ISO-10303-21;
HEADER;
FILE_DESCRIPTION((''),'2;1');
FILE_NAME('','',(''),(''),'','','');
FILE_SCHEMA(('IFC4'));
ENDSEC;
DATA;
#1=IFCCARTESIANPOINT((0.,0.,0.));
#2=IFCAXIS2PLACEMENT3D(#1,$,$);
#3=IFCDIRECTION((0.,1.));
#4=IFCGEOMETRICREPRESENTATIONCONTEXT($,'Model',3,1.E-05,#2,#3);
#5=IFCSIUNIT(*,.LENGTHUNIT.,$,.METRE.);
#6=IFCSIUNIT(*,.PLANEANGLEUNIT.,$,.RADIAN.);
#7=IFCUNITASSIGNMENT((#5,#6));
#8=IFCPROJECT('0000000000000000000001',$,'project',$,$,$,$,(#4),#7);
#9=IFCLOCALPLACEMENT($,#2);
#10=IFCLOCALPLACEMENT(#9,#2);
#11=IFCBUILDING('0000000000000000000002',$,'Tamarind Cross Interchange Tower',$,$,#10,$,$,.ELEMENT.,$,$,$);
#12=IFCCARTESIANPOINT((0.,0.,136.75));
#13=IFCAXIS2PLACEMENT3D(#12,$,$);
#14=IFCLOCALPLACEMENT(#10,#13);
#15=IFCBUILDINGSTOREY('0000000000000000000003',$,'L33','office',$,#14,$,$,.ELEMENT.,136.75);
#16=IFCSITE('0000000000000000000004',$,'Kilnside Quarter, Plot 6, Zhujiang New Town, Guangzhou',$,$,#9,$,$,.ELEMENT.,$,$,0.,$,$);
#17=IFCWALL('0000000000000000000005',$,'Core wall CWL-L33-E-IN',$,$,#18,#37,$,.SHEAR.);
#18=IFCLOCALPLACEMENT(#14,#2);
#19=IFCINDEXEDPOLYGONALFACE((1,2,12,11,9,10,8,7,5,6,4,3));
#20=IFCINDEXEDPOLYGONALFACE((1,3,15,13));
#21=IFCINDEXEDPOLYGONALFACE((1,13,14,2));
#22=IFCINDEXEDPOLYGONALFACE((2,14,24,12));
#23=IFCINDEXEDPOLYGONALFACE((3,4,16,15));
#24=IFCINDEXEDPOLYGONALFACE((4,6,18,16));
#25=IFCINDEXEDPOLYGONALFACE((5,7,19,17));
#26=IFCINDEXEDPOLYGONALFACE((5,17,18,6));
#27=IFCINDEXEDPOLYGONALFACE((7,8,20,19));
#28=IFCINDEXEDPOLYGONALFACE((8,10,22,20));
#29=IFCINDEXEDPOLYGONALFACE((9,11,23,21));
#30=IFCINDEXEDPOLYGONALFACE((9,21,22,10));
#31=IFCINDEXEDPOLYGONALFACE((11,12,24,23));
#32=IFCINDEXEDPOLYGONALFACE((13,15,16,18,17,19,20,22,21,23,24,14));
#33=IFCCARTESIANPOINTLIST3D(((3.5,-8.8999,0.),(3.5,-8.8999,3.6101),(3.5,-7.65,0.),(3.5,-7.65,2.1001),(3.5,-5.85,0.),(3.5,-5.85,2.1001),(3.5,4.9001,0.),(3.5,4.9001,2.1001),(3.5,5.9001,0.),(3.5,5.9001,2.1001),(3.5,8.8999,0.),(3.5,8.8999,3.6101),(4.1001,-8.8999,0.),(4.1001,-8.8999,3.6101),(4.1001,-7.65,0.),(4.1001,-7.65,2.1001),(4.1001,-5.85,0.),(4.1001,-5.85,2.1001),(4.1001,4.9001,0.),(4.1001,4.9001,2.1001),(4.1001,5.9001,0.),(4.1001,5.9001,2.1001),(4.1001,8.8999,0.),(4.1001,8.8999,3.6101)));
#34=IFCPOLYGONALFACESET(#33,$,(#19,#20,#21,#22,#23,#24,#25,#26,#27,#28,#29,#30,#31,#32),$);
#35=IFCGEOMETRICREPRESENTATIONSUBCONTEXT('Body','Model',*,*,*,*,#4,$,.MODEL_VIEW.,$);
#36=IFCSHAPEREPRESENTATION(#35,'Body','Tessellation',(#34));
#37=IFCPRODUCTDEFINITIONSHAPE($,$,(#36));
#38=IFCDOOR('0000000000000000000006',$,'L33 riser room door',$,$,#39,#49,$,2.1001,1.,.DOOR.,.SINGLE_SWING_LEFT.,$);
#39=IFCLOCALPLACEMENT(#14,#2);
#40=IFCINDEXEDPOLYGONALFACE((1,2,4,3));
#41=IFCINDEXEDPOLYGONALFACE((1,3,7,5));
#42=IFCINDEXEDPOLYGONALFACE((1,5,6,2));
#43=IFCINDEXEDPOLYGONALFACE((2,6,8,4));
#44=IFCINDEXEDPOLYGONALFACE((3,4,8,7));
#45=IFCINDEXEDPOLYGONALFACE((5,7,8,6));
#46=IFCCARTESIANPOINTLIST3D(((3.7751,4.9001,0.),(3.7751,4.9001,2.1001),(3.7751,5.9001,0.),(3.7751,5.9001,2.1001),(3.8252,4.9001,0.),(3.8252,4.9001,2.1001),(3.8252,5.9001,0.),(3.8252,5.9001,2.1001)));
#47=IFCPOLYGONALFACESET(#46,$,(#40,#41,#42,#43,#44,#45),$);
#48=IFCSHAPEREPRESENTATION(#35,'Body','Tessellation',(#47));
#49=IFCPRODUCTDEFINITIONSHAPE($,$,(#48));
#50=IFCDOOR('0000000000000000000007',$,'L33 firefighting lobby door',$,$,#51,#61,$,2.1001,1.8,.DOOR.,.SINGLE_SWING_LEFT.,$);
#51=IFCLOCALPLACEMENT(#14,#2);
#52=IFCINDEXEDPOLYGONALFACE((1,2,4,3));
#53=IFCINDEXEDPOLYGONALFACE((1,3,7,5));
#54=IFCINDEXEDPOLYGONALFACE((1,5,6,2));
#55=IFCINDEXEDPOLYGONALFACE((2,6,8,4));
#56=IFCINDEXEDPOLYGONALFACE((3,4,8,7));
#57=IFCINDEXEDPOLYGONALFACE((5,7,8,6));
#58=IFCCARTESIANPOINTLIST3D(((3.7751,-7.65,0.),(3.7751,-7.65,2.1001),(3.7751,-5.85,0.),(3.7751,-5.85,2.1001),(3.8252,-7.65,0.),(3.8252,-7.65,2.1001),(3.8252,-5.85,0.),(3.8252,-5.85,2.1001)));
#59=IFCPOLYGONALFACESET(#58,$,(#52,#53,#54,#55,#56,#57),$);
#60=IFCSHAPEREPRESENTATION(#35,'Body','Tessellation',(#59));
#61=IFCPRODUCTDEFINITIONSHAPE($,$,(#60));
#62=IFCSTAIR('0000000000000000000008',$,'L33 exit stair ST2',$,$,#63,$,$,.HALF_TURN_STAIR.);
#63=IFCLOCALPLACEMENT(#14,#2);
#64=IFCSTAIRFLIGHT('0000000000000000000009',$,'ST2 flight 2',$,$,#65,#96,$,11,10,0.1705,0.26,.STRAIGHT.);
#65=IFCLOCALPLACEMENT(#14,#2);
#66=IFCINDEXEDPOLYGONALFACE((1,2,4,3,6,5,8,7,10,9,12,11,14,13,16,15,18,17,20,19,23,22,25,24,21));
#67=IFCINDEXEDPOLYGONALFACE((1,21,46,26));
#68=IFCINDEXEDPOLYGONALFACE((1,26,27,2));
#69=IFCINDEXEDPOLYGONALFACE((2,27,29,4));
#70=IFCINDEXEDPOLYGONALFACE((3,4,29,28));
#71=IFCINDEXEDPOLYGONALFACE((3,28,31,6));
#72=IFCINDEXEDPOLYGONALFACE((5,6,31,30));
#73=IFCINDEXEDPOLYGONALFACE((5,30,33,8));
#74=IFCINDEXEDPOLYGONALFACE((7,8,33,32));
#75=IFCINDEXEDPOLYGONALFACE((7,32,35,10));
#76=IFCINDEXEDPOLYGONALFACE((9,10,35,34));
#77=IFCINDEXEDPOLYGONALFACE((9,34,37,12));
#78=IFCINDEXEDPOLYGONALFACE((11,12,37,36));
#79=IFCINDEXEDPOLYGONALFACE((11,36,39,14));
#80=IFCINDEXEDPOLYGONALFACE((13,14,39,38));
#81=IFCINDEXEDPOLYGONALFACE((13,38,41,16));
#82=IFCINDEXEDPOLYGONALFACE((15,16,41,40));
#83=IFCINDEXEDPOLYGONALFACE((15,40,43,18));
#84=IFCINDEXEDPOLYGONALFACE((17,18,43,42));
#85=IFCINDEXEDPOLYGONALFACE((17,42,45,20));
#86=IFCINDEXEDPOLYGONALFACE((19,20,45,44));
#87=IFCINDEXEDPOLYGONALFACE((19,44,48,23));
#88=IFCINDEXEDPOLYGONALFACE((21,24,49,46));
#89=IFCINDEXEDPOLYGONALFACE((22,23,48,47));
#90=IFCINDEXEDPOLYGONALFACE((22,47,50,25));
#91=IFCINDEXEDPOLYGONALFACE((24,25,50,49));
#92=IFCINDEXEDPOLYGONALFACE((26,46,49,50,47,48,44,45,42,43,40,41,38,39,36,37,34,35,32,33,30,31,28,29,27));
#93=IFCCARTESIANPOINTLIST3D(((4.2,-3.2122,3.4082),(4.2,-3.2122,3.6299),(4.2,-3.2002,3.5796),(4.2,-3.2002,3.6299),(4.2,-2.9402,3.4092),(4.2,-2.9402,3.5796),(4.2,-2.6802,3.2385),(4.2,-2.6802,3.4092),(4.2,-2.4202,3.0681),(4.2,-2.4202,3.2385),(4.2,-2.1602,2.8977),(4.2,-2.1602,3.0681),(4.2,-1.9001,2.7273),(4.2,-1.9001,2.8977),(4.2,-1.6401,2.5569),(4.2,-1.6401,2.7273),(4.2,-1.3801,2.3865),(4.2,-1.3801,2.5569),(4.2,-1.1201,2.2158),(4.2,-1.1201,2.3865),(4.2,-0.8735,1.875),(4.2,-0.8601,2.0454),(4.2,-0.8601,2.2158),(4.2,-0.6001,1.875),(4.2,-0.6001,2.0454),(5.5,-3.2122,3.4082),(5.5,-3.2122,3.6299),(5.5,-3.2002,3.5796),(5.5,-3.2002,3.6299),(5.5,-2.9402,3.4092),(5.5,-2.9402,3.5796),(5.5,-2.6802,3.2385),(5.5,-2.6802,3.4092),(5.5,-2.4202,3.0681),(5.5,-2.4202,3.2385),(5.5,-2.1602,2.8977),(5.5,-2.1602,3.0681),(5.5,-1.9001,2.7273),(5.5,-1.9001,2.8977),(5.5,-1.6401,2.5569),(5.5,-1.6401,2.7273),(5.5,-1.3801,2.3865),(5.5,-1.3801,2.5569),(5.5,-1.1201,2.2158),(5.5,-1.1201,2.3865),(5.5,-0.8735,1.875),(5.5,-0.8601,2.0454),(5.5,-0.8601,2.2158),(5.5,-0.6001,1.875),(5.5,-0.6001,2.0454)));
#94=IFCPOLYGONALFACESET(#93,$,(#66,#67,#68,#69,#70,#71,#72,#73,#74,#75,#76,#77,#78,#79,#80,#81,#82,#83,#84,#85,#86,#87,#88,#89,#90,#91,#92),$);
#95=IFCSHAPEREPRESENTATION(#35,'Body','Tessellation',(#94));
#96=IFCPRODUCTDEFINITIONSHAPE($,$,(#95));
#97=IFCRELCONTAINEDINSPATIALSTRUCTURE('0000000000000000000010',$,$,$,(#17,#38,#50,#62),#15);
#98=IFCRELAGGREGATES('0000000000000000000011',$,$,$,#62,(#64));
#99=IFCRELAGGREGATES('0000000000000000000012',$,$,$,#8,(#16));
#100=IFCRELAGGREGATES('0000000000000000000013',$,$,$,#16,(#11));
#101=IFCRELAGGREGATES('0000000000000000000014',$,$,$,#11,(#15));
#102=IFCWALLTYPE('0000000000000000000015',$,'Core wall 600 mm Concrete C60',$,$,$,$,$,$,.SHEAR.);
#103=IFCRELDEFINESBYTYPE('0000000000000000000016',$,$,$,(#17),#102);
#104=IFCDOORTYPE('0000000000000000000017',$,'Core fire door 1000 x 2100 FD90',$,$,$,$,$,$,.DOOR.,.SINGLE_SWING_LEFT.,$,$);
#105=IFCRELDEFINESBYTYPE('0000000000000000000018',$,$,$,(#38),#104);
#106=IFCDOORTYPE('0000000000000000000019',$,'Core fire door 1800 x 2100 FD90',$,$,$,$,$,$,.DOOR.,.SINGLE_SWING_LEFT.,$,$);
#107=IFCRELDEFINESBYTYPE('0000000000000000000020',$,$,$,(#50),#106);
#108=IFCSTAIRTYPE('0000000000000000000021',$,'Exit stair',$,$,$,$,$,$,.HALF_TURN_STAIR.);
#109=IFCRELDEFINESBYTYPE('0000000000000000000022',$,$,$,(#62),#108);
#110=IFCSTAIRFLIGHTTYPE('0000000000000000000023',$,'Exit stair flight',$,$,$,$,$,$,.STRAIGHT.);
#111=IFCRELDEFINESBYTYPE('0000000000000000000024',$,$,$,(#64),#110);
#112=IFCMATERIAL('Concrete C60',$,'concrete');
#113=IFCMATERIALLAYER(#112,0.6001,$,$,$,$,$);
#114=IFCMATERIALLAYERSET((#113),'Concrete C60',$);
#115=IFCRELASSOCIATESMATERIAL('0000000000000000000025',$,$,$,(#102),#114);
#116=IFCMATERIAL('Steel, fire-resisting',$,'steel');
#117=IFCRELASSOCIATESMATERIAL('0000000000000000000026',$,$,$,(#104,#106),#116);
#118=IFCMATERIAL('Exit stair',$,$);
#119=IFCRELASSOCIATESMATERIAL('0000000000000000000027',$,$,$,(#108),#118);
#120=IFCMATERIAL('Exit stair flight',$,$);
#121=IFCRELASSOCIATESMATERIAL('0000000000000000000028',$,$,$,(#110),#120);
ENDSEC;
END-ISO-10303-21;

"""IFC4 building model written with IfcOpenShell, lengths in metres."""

from ifc_helpers import new_model, si_unit, direction, frame, frame_2d, origin, place, context, subcontext, project, spatial, polyline, rectangle, outline, extrude, material, layer, layer_set, type_object, element, fill, aggregate, save


model = new_model("IFC4")

# Units and contexts
model_context = context("Model", 3, precision=1e-05, world=origin(), true_north=direction((0.0, 1.0)))
body_context = subcontext(model_context, "Body", "Model", "MODEL_VIEW")
ifc_project = project(units=[si_unit("LENGTHUNIT", "METRE"), si_unit("PLANEANGLEUNIT", "RADIAN")], contexts=[model_context])

# Site, building, storey
site_placement = place(None, origin())
site = spatial("IfcSite", under=ifc_project, at=site_placement, Name="Kilnside Quarter, Plot 6, Zhujiang New Town, Guangzhou", CompositionType="ELEMENT", RefElevation=0.0)
building_placement = place(site_placement, origin())
building = spatial("IfcBuilding", under=site, at=building_placement, Name="Tamarind Cross Interchange Tower", CompositionType="ELEMENT")
storey_placement = place(building_placement, frame((0.0, 0.0, 136.75)))
storey = spatial("IfcBuildingStorey", under=building, at=storey_placement, Name="L33", Description="office", CompositionType="ELEMENT", Elevation=136.75)

# Wall, openings, doors
ifc_material_1 = material(Name="Concrete C60", Category="concrete")
ifc_layer_1 = layer(ifc_material_1, 0.6001)
ifc_layer_set_1 = layer_set([ifc_layer_1], Name="Concrete C60")
wall_type = type_object("IfcWallType", Name="Core wall 600 mm Concrete C60", PredefinedType="SHEAR", material=ifc_layer_set_1)
wall_placement = place(storey_placement, frame((3.8, -8.8999, 0.0), z_axis=(0.0, 0.0, 1.0), x_axis=(0.0, 1.0, 0.0)))
wall = element("IfcWall", 1, at=wall_placement, inside=storey, type_object=wall_type, Name="Core wall CWL-L33-E-IN", PredefinedType="SHEAR", context=body_context, shape_type="SweptSolid", body=[
    extrude(rectangle(XDim=17.7998, YDim=0.6001, at=frame_2d((8.8999, 0.0))), origin(), (0.0, 0.0, 1.0), 3.6101),
])
opening_1_placement = place(wall_placement, frame((1.25, 0.0, 0.0)))
opening_1 = element("IfcOpeningElement", 2, at=opening_1_placement, cuts=wall, PredefinedType="OPENING", context=body_context, shape_type="SweptSolid", body=[
    extrude(rectangle(XDim=1.8, YDim=2.1001, at=frame_2d((0.8999, 1.05))), frame((0.0, 0.3101, 0.0), z_axis=(0.0, -1.0, 0.0), x_axis=(1.0, 0.0, 0.0)), (0.0, 0.0, 1.0), 0.6201),
])
opening_2_placement = place(wall_placement, frame((13.8, 0.0, 0.0)))
opening_2 = element("IfcOpeningElement", 3, at=opening_2_placement, cuts=wall, PredefinedType="OPENING", context=body_context, shape_type="SweptSolid", body=[
    extrude(rectangle(XDim=1.0, YDim=2.1001, at=frame_2d((0.5, 1.05))), frame((0.0, 0.3101, 0.0), z_axis=(0.0, -1.0, 0.0), x_axis=(1.0, 0.0, 0.0)), (0.0, 0.0, 1.0), 0.6201),
])
ifc_material_2 = material(Name="Steel, fire-resisting", Category="steel")
door_type_1 = type_object("IfcDoorType", Name="Core fire door 1000 x 2100 FD90", OperationType="SINGLE_SWING_LEFT", PredefinedType="DOOR", material=ifc_material_2)
door_1_placement = place(opening_2_placement, origin())
door_1 = element("IfcDoor", 4, at=door_1_placement, inside=storey, type_object=door_type_1, Name="L33 riser room door", OperationType="SINGLE_SWING_LEFT", OverallHeight=2.1001, OverallWidth=1.0, PredefinedType="DOOR", context=body_context, shape_type="SweptSolid", body=[
    extrude(rectangle(XDim=1.0, YDim=2.1001, at=frame_2d((0.5, 1.05))), frame((0.0, 0.0249, 0.0), z_axis=(0.0, -1.0, 0.0), x_axis=(1.0, 0.0, 0.0)), (0.0, 0.0, 1.0), 0.05),
])
fill(opening_2, door_1)
door_type_2 = type_object("IfcDoorType", Name="Core fire door 1800 x 2100 FD90", OperationType="SINGLE_SWING_LEFT", PredefinedType="DOOR", material=ifc_material_2)
door_2_placement = place(opening_1_placement, origin())
door_2 = element("IfcDoor", 5, at=door_2_placement, inside=storey, type_object=door_type_2, Name="L33 firefighting lobby door", OperationType="SINGLE_SWING_LEFT", OverallHeight=2.1001, OverallWidth=1.8, PredefinedType="DOOR", context=body_context, shape_type="SweptSolid", body=[
    extrude(rectangle(XDim=1.8, YDim=2.1001, at=frame_2d((0.8999, 1.05))), frame((0.0, 0.0249, 0.0), z_axis=(0.0, -1.0, 0.0), x_axis=(1.0, 0.0, 0.0)), (0.0, 0.0, 1.0), 0.05),
])
fill(opening_1, door_2)

# Stair, stair flight
ifc_material_3 = material(Name="Exit stair")
stair_type = type_object("IfcStairType", Name="Exit stair", PredefinedType="HALF_TURN_STAIR", material=ifc_material_3)
stair_placement = place(storey_placement, origin())
stair = element("IfcStair", 6, at=stair_placement, inside=storey, type_object=stair_type, Name="L33 exit stair ST2", PredefinedType="HALF_TURN_STAIR")
ifc_material_4 = material(Name="Exit stair flight")
stair_flight_type = type_object("IfcStairFlightType", Name="Exit stair flight", PredefinedType="STRAIGHT", material=ifc_material_4)
stair_flight_placement = place(storey_placement, frame((4.8501, -0.6001, 1.875), z_axis=(0.0, 0.0, 1.0), x_axis=(0.0, -1.0, 0.0)))
stair_flight = element("IfcStairFlight", 7, at=stair_flight_placement, type_object=stair_flight_type, Name="ST2 flight 2", NumberOfRisers=11, NumberOfTreads=10, PredefinedType="STRAIGHT", RiserHeight=0.1705, TreadLength=0.26, context=body_context, shape_type="SweptSolid", body=[
    extrude(outline(polyline([(0.0, 0.0), (0.0, 0.1704), (0.26, 0.1704), (0.26, 0.3408), (0.52, 0.3408), (0.52, 0.5115), (0.78, 0.5115), (0.78, 0.6819), (1.04, 0.6819), (1.04, 0.8523), (1.3, 0.8523), (1.3, 1.0227), (1.5601, 1.0227), (1.5601, 1.1931), (1.8201, 1.1931), (1.8201, 1.3635), (2.0801, 1.3635), (2.0801, 1.5342), (2.3401, 1.5342), (2.3401, 1.7046), (2.6001, 1.7046), (2.6001, 1.7549), (2.6121, 1.7549), (2.6121, 1.5332), (0.2734, 0.0), (0.0, 0.0)])), frame((0.0, 0.6499, 0.0), z_axis=(0.0, -1.0, 0.0), x_axis=(1.0, 0.0, 0.0)), (0.0, 0.0, 1.0), 1.3),
])
aggregate(stair, [stair_flight])

save(model, "model.ifc")
